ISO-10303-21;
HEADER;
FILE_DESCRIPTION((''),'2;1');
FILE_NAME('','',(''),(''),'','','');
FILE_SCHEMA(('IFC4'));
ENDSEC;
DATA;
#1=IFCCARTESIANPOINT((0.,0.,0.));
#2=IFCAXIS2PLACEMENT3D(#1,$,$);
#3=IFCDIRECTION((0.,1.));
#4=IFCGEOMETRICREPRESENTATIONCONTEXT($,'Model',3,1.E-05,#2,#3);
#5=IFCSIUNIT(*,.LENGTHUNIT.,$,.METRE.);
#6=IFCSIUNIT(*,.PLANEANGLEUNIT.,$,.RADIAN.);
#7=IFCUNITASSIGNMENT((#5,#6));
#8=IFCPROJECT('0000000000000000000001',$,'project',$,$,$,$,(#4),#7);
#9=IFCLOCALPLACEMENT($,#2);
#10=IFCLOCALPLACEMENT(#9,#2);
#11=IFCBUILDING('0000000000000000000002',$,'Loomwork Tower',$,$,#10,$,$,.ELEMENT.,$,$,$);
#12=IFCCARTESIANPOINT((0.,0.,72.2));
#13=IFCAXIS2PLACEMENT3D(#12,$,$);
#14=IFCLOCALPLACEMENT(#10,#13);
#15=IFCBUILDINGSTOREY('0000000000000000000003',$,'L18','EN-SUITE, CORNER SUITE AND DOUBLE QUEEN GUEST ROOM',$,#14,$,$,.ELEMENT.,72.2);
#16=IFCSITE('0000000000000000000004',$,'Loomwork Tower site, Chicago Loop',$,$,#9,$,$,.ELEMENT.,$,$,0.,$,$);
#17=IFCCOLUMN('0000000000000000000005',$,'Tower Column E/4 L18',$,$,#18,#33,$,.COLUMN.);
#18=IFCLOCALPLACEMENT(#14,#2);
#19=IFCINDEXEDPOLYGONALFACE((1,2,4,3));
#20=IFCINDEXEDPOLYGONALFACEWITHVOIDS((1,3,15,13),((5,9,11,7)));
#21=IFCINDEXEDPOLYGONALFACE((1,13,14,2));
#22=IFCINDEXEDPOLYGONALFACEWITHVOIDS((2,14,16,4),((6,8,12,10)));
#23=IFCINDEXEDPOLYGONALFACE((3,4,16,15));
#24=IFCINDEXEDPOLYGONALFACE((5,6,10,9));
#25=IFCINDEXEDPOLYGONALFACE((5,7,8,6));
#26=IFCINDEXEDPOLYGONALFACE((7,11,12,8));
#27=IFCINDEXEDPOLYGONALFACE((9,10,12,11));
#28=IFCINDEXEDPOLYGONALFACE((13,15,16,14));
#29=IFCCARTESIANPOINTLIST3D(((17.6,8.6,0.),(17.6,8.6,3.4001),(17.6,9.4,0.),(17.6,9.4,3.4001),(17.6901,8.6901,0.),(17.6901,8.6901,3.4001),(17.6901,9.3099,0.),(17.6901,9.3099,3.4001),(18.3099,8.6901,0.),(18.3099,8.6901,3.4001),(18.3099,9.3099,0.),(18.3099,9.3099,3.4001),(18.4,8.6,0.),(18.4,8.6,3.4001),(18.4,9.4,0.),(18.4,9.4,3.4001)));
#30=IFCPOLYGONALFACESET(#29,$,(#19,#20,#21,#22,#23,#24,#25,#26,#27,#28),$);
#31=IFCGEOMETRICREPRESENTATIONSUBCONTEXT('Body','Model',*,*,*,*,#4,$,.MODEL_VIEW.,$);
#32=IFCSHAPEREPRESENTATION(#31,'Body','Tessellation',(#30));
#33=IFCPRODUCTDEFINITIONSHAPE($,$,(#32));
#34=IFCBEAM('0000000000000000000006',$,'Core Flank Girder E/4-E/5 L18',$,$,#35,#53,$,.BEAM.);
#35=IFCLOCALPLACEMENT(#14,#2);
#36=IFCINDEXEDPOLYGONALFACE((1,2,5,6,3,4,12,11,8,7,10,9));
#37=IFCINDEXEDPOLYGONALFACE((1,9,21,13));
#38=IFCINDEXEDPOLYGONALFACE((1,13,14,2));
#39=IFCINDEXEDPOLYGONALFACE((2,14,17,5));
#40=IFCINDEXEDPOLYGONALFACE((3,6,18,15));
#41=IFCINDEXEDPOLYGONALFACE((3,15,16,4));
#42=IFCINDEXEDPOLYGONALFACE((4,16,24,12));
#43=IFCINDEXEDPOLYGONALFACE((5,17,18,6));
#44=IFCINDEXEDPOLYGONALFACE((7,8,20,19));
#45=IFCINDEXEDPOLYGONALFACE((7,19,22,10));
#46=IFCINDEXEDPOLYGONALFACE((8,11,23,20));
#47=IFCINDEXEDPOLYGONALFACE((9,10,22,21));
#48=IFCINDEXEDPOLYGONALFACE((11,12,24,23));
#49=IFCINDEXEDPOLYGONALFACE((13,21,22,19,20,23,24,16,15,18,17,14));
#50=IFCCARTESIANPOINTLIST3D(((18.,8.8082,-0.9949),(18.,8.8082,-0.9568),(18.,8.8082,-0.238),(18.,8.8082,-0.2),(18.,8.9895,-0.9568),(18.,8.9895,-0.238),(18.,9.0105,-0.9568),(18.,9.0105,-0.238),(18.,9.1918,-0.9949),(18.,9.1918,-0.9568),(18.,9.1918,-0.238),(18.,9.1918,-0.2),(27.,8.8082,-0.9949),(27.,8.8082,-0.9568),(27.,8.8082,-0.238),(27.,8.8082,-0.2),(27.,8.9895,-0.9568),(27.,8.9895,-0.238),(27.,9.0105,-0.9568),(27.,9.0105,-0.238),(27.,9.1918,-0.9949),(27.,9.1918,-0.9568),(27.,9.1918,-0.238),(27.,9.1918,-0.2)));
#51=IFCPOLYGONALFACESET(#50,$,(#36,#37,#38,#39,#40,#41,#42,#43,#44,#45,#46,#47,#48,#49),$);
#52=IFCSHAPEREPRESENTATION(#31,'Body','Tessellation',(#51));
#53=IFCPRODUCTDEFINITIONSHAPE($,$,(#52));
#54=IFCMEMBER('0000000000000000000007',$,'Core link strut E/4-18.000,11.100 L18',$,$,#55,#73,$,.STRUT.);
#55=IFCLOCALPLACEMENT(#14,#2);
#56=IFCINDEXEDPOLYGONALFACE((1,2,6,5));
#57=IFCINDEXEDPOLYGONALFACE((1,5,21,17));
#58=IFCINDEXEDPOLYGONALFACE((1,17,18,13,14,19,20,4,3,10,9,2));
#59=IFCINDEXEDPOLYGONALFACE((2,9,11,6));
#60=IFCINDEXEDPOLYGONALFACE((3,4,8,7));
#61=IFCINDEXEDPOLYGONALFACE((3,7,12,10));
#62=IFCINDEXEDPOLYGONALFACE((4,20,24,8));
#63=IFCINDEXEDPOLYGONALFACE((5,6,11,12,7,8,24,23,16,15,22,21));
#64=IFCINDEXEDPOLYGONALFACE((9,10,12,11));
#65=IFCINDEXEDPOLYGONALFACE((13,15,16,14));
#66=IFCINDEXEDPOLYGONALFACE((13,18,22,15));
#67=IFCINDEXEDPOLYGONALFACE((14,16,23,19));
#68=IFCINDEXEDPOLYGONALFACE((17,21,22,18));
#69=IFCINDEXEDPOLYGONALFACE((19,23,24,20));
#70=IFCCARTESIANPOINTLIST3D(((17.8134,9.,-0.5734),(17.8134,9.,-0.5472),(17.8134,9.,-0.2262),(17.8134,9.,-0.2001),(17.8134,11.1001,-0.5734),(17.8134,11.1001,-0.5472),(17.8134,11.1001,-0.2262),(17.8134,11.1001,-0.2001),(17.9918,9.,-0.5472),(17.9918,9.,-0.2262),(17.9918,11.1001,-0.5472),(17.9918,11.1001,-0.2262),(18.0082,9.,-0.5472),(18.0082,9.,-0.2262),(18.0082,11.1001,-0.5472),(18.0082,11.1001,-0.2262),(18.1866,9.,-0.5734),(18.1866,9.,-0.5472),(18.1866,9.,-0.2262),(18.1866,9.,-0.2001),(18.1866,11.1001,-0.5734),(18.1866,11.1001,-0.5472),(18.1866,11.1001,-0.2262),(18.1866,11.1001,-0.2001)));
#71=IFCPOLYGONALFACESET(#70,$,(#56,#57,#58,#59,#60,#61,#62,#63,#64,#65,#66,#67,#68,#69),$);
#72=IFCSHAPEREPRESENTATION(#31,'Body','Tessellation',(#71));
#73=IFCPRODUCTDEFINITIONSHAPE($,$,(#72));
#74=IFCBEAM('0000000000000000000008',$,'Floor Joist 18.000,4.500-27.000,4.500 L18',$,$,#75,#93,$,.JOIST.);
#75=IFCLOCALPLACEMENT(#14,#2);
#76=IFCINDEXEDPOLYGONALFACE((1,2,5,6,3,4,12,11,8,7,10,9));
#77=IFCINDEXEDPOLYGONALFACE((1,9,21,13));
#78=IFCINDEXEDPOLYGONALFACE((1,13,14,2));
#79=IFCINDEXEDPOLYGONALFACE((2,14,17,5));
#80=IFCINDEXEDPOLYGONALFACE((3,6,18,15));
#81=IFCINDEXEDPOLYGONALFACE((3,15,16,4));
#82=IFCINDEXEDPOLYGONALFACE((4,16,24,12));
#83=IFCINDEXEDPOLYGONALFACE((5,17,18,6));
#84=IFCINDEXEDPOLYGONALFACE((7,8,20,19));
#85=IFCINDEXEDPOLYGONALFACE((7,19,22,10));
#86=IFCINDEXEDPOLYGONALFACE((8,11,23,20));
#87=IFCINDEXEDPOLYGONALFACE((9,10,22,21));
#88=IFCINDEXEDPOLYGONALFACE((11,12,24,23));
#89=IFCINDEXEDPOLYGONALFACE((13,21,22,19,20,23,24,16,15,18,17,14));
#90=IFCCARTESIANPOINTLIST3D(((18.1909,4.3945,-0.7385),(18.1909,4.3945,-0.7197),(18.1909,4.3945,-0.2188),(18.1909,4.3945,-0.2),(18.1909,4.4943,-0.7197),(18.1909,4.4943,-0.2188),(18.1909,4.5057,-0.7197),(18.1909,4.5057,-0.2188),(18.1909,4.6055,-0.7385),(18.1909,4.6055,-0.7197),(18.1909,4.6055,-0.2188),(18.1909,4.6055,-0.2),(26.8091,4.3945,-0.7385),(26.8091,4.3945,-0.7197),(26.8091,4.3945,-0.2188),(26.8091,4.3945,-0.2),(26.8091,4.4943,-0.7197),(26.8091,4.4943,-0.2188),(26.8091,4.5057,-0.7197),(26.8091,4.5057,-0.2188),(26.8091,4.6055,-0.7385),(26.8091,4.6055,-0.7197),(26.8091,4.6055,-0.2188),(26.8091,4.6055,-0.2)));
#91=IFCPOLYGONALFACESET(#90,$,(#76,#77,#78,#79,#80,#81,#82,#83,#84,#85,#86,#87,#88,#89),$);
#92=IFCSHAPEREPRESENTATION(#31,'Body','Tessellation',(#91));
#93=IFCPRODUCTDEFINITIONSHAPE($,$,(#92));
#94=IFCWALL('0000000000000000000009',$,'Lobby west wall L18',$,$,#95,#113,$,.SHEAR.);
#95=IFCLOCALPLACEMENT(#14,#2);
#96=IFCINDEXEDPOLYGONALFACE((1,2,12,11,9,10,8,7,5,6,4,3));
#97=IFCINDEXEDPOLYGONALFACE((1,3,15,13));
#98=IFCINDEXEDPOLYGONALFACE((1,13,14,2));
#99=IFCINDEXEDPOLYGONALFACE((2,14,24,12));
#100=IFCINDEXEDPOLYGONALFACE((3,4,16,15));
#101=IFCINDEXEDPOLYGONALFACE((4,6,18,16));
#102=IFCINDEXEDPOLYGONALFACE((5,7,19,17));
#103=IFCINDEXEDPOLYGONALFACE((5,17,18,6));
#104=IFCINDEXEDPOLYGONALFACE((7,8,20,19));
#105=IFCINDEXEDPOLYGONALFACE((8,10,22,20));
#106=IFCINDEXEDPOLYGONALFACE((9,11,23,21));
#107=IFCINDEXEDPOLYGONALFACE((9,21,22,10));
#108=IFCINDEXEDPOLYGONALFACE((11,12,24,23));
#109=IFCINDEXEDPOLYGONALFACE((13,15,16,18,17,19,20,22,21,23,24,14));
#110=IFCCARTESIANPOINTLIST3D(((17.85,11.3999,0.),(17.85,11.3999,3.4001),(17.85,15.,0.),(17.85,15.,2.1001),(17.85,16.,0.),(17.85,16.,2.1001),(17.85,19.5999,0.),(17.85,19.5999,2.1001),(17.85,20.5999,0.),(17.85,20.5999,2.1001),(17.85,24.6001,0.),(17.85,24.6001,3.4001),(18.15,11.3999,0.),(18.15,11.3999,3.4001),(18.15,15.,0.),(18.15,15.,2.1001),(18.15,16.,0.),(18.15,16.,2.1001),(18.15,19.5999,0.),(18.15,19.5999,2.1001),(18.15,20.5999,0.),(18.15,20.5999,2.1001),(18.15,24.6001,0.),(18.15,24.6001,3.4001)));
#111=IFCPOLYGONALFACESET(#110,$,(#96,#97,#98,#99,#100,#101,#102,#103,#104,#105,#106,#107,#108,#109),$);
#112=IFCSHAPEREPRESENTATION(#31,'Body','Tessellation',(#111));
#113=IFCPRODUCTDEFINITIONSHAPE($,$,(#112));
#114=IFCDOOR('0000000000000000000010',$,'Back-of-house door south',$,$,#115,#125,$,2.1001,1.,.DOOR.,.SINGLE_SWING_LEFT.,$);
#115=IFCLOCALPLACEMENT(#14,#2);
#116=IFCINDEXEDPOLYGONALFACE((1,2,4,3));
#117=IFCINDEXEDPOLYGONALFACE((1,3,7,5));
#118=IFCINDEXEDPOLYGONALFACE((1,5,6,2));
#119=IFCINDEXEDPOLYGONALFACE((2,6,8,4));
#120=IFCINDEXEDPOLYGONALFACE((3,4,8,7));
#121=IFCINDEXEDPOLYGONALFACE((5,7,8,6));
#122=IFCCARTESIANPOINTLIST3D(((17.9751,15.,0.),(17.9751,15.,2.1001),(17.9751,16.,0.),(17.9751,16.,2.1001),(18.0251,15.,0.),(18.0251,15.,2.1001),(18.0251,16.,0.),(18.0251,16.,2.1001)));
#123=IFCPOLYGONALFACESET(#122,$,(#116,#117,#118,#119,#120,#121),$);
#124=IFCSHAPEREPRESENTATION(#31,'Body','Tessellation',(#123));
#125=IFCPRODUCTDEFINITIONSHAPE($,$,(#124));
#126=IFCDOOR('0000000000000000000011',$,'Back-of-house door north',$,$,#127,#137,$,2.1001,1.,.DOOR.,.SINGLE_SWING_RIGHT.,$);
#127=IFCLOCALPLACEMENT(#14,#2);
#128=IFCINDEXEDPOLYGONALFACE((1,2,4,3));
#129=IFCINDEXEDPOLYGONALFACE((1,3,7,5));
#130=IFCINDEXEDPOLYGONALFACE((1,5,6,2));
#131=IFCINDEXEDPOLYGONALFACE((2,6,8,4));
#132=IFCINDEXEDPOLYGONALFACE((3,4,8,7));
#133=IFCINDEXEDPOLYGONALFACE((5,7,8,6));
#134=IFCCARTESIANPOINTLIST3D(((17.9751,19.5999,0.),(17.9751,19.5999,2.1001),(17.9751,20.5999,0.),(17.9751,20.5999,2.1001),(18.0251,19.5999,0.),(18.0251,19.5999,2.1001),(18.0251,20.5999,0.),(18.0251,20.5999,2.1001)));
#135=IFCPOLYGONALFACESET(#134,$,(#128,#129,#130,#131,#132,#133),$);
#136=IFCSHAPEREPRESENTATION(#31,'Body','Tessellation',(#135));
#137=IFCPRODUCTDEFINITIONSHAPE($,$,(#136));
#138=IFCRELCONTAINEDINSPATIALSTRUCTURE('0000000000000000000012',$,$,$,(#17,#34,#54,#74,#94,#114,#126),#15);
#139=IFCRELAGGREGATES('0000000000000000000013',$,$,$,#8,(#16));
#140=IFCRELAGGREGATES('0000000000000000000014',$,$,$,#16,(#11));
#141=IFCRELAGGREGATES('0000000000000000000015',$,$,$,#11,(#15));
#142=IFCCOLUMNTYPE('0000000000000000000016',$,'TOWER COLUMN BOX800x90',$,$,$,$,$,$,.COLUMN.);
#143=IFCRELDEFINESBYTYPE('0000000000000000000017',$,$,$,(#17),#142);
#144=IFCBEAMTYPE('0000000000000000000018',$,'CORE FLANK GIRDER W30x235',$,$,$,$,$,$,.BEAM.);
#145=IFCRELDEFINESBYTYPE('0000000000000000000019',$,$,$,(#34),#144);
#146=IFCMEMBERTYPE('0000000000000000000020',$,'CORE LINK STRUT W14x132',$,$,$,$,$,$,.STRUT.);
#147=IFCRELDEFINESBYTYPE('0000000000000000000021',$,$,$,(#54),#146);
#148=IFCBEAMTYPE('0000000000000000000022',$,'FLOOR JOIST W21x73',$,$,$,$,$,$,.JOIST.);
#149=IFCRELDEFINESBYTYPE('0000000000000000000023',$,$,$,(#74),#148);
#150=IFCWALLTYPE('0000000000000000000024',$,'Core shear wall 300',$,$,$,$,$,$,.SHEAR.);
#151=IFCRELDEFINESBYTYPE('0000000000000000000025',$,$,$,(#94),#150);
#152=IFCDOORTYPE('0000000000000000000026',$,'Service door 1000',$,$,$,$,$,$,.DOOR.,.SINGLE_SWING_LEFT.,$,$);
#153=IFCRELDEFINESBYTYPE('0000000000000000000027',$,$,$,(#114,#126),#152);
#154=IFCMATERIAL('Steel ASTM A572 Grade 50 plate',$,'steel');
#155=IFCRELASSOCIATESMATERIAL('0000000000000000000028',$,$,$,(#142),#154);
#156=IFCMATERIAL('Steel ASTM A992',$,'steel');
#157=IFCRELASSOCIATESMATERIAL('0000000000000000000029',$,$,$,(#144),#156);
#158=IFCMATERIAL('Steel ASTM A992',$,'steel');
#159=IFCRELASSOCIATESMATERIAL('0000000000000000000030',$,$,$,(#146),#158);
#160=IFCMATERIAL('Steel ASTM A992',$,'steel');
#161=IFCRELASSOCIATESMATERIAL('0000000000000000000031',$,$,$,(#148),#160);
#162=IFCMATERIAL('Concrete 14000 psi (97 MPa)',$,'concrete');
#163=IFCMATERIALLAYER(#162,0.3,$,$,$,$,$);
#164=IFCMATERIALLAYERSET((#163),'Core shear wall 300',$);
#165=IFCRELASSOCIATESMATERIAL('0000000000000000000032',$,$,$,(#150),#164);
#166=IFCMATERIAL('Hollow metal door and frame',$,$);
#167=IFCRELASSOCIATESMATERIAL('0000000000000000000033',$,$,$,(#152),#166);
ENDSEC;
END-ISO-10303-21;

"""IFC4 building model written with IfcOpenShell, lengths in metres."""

from ifc_helpers import new_model, si_unit, direction, frame, frame_2d, origin, origin_2d, place, context, subcontext, project, spatial, rectangle, hollow_rectangle, i_section, extrude, material, layer, layer_set, material_profile, profile_set, type_object, element, fill, save


model = new_model("IFC4")

# Units and contexts
model_context = context("Model", 3, precision=1e-05, world=origin(), true_north=direction((0.0, 1.0)))
body_context = subcontext(model_context, "Body", "Model", "MODEL_VIEW")
ifc_project = project(units=[si_unit("LENGTHUNIT", "METRE"), si_unit("PLANEANGLEUNIT", "RADIAN")], contexts=[model_context])

# Site, building, storey
site_placement = place(None, origin())
site = spatial("IfcSite", under=ifc_project, at=site_placement, Name="Loomwork Tower site, Chicago Loop", CompositionType="ELEMENT", RefElevation=0.0)
building_placement = place(site_placement, origin())
building = spatial("IfcBuilding", under=site, at=building_placement, Name="Loomwork Tower", CompositionType="ELEMENT")
storey_placement = place(building_placement, frame((0.0, 0.0, 72.2)))
storey = spatial("IfcBuildingStorey", under=building, at=storey_placement, Name="L18", Description="EN-SUITE, CORNER SUITE AND DOUBLE QUEEN GUEST ROOM", CompositionType="ELEMENT", Elevation=72.2)

# Column
ifc_material_1 = material(Name="Steel ASTM A572 Grade 50 plate", Category="steel")
ifc_material_profile_1 = material_profile(ifc_material_1, hollow_rectangle(XDim=0.8, YDim=0.8, WallThickness=0.0901, at=origin_2d()), Name="BOX800x90")
ifc_profile_set_1 = profile_set([ifc_material_profile_1], Name="Steel ASTM A572 Grade 50 plate")
column_type = type_object("IfcColumnType", Name="TOWER COLUMN BOX800x90", PredefinedType="COLUMN", material=ifc_profile_set_1)
column_placement = place(storey_placement, frame((18.0, 9.0, 0.0), z_axis=(0.0, 0.0, 1.0), x_axis=(1.0, 0.0, 0.0)))
element("IfcColumn", 1, at=column_placement, inside=storey, type_object=column_type, Name="Tower Column E/4 L18", PredefinedType="COLUMN", context=body_context, shape_type="SweptSolid", body=[
    extrude(hollow_rectangle(XDim=0.8, YDim=0.8, WallThickness=0.0901, at=origin_2d()), origin(), (0.0, 0.0, 1.0), 3.4001),
])

# Beam
ifc_material_2 = material(Name="Steel ASTM A992", Category="steel")
ifc_material_profile_2 = material_profile(ifc_material_2, i_section(OverallWidth=0.3835, OverallDepth=0.7949, WebThickness=0.021, FlangeThickness=0.0381, at=origin_2d()), Name="W30x235")
ifc_profile_set_2 = profile_set([ifc_material_profile_2], Name="Steel ASTM A992")
beam_type_1 = type_object("IfcBeamType", Name="CORE FLANK GIRDER W30x235", PredefinedType="BEAM", material=ifc_profile_set_2)
beam_1_placement = place(storey_placement, frame((18.0, 9.0, -0.5974), z_axis=(1.0, 0.0, 0.0), x_axis=(0.0, 1.0, 0.0)))
element("IfcBeam", 2, at=beam_1_placement, inside=storey, type_object=beam_type_1, Name="Core Flank Girder E/4-E/5 L18", PredefinedType="BEAM", context=body_context, shape_type="SweptSolid", body=[
    extrude(i_section(OverallWidth=0.3835, OverallDepth=0.7949, WebThickness=0.021, FlangeThickness=0.0381, at=origin_2d()), origin(), (0.0, 0.0, 1.0), 9.0),
])

# Member
ifc_material_3 = material(Name="Steel ASTM A992", Category="steel")
ifc_material_profile_3 = material_profile(ifc_material_3, i_section(OverallWidth=0.3733, OverallDepth=0.3733, WebThickness=0.0164, FlangeThickness=0.0261, at=origin_2d()), Name="W14x132")
ifc_profile_set_3 = profile_set([ifc_material_profile_3], Name="Steel ASTM A992")
member_type = type_object("IfcMemberType", Name="CORE LINK STRUT W14x132", PredefinedType="STRUT", material=ifc_profile_set_3)
member_placement = place(storey_placement, frame((18.0, 9.0, -0.3867), z_axis=(0.0, 1.0, 0.0), x_axis=(-1.0, 0.0, 0.0)))
element("IfcMember", 3, at=member_placement, inside=storey, type_object=member_type, Name="Core link strut E/4-18.000,11.100 L18", PredefinedType="STRUT", context=body_context, shape_type="SweptSolid", body=[
    extrude(i_section(OverallWidth=0.3733, OverallDepth=0.3733, WebThickness=0.0164, FlangeThickness=0.0261, at=origin_2d()), origin(), (0.0, 0.0, 1.0), 2.1001),
])

# Beam
ifc_material_4 = material(Name="Steel ASTM A992", Category="steel")
ifc_material_profile_4 = material_profile(ifc_material_4, i_section(OverallWidth=0.2109, OverallDepth=0.5386, WebThickness=0.0115, FlangeThickness=0.0188, at=origin_2d()), Name="W21x73")
ifc_profile_set_4 = profile_set([ifc_material_profile_4], Name="Steel ASTM A992")
beam_type_2 = type_object("IfcBeamType", Name="FLOOR JOIST W21x73", PredefinedType="JOIST", material=ifc_profile_set_4)
beam_2_placement = place(storey_placement, frame((18.1909, 4.5, -0.4692), z_axis=(1.0, 0.0, 0.0), x_axis=(0.0, 1.0, 0.0)))
element("IfcBeam", 4, at=beam_2_placement, inside=storey, type_object=beam_type_2, Name="Floor Joist 18.000,4.500-27.000,4.500 L18", PredefinedType="JOIST", context=body_context, shape_type="SweptSolid", body=[
    extrude(i_section(OverallWidth=0.2109, OverallDepth=0.5386, WebThickness=0.0115, FlangeThickness=0.0188, at=origin_2d()), origin(), (0.0, 0.0, 1.0), 8.6182),
])

# Wall, openings, doors
ifc_material_5 = material(Name="Concrete 14000 psi (97 MPa)", Category="concrete")
ifc_layer_1 = layer(ifc_material_5, 0.3)
ifc_layer_set_1 = layer_set([ifc_layer_1], Name="Core shear wall 300")
wall_type_1 = type_object("IfcWallType", Name="Core shear wall 300", PredefinedType="SHEAR", material=ifc_layer_set_1)
wall_1_placement = place(storey_placement, frame((18.0, 11.3999, 0.0), z_axis=(0.0, 0.0, 1.0), x_axis=(0.0, 1.0, 0.0)))
wall_1 = element("IfcWall", 5, at=wall_1_placement, inside=storey, type_object=wall_type_1, Name="Lobby west wall L18", PredefinedType="SHEAR", context=body_context, shape_type="SweptSolid", body=[
    extrude(rectangle(XDim=13.2002, YDim=0.3, at=frame_2d((6.6001, 0.0))), origin(), (0.0, 0.0, 1.0), 3.4001),
])
opening_1_placement = place(wall_1_placement, frame((3.6001, 0.0, 0.0)))
opening_1 = element("IfcOpeningElement", 6, at=opening_1_placement, cuts=wall_1, PredefinedType="OPENING", context=body_context, shape_type="SweptSolid", body=[
    extrude(rectangle(XDim=1.0, YDim=2.1001, at=frame_2d((0.5, 1.05))), frame((0.0, 0.1599, 0.0), z_axis=(0.0, -1.0, 0.0), x_axis=(1.0, 0.0, 0.0)), (0.0, 0.0, 1.0), 0.3201),
])
opening_2_placement = place(wall_1_placement, frame((8.2, 0.0, 0.0)))
opening_2 = element("IfcOpeningElement", 7, at=opening_2_placement, cuts=wall_1, PredefinedType="OPENING", context=body_context, shape_type="SweptSolid", body=[
    extrude(rectangle(XDim=1.0, YDim=2.1001, at=frame_2d((0.5, 1.05))), frame((0.0, 0.1599, 0.0), z_axis=(0.0, -1.0, 0.0), x_axis=(1.0, 0.0, 0.0)), (0.0, 0.0, 1.0), 0.3201),
])
ifc_material_6 = material(Name="Hollow metal door and frame")
door_type_1 = type_object("IfcDoorType", Name="Service door 1000", OperationType="SINGLE_SWING_LEFT", PredefinedType="DOOR", material=ifc_material_6)
door_1_placement = place(opening_1_placement, origin())
door_1 = element("IfcDoor", 8, at=door_1_placement, inside=storey, type_object=door_type_1, Name="Back-of-house door south", OperationType="SINGLE_SWING_LEFT", OverallHeight=2.1001, OverallWidth=1.0, PredefinedType="DOOR", context=body_context, shape_type="SweptSolid", body=[
    extrude(rectangle(XDim=1.0, YDim=2.1001, at=frame_2d((0.5, 1.05))), frame((0.0, 0.0249, 0.0), z_axis=(0.0, -1.0, 0.0), x_axis=(1.0, 0.0, 0.0)), (0.0, 0.0, 1.0), 0.05),
])
fill(opening_1, door_1)
door_2_placement = place(opening_2_placement, origin())
door_2 = element("IfcDoor", 9, at=door_2_placement, inside=storey, type_object=door_type_1, Name="Back-of-house door north", OperationType="SINGLE_SWING_RIGHT", OverallHeight=2.1001, OverallWidth=1.0, PredefinedType="DOOR", context=body_context, shape_type="SweptSolid", body=[
    extrude(rectangle(XDim=1.0, YDim=2.1001, at=frame_2d((0.5, 1.05))), frame((0.0, 0.0249, 0.0), z_axis=(0.0, -1.0, 0.0), x_axis=(1.0, 0.0, 0.0)), (0.0, 0.0, 1.0), 0.05),
])
fill(opening_2, door_2)

save(model, "model.ifc")
